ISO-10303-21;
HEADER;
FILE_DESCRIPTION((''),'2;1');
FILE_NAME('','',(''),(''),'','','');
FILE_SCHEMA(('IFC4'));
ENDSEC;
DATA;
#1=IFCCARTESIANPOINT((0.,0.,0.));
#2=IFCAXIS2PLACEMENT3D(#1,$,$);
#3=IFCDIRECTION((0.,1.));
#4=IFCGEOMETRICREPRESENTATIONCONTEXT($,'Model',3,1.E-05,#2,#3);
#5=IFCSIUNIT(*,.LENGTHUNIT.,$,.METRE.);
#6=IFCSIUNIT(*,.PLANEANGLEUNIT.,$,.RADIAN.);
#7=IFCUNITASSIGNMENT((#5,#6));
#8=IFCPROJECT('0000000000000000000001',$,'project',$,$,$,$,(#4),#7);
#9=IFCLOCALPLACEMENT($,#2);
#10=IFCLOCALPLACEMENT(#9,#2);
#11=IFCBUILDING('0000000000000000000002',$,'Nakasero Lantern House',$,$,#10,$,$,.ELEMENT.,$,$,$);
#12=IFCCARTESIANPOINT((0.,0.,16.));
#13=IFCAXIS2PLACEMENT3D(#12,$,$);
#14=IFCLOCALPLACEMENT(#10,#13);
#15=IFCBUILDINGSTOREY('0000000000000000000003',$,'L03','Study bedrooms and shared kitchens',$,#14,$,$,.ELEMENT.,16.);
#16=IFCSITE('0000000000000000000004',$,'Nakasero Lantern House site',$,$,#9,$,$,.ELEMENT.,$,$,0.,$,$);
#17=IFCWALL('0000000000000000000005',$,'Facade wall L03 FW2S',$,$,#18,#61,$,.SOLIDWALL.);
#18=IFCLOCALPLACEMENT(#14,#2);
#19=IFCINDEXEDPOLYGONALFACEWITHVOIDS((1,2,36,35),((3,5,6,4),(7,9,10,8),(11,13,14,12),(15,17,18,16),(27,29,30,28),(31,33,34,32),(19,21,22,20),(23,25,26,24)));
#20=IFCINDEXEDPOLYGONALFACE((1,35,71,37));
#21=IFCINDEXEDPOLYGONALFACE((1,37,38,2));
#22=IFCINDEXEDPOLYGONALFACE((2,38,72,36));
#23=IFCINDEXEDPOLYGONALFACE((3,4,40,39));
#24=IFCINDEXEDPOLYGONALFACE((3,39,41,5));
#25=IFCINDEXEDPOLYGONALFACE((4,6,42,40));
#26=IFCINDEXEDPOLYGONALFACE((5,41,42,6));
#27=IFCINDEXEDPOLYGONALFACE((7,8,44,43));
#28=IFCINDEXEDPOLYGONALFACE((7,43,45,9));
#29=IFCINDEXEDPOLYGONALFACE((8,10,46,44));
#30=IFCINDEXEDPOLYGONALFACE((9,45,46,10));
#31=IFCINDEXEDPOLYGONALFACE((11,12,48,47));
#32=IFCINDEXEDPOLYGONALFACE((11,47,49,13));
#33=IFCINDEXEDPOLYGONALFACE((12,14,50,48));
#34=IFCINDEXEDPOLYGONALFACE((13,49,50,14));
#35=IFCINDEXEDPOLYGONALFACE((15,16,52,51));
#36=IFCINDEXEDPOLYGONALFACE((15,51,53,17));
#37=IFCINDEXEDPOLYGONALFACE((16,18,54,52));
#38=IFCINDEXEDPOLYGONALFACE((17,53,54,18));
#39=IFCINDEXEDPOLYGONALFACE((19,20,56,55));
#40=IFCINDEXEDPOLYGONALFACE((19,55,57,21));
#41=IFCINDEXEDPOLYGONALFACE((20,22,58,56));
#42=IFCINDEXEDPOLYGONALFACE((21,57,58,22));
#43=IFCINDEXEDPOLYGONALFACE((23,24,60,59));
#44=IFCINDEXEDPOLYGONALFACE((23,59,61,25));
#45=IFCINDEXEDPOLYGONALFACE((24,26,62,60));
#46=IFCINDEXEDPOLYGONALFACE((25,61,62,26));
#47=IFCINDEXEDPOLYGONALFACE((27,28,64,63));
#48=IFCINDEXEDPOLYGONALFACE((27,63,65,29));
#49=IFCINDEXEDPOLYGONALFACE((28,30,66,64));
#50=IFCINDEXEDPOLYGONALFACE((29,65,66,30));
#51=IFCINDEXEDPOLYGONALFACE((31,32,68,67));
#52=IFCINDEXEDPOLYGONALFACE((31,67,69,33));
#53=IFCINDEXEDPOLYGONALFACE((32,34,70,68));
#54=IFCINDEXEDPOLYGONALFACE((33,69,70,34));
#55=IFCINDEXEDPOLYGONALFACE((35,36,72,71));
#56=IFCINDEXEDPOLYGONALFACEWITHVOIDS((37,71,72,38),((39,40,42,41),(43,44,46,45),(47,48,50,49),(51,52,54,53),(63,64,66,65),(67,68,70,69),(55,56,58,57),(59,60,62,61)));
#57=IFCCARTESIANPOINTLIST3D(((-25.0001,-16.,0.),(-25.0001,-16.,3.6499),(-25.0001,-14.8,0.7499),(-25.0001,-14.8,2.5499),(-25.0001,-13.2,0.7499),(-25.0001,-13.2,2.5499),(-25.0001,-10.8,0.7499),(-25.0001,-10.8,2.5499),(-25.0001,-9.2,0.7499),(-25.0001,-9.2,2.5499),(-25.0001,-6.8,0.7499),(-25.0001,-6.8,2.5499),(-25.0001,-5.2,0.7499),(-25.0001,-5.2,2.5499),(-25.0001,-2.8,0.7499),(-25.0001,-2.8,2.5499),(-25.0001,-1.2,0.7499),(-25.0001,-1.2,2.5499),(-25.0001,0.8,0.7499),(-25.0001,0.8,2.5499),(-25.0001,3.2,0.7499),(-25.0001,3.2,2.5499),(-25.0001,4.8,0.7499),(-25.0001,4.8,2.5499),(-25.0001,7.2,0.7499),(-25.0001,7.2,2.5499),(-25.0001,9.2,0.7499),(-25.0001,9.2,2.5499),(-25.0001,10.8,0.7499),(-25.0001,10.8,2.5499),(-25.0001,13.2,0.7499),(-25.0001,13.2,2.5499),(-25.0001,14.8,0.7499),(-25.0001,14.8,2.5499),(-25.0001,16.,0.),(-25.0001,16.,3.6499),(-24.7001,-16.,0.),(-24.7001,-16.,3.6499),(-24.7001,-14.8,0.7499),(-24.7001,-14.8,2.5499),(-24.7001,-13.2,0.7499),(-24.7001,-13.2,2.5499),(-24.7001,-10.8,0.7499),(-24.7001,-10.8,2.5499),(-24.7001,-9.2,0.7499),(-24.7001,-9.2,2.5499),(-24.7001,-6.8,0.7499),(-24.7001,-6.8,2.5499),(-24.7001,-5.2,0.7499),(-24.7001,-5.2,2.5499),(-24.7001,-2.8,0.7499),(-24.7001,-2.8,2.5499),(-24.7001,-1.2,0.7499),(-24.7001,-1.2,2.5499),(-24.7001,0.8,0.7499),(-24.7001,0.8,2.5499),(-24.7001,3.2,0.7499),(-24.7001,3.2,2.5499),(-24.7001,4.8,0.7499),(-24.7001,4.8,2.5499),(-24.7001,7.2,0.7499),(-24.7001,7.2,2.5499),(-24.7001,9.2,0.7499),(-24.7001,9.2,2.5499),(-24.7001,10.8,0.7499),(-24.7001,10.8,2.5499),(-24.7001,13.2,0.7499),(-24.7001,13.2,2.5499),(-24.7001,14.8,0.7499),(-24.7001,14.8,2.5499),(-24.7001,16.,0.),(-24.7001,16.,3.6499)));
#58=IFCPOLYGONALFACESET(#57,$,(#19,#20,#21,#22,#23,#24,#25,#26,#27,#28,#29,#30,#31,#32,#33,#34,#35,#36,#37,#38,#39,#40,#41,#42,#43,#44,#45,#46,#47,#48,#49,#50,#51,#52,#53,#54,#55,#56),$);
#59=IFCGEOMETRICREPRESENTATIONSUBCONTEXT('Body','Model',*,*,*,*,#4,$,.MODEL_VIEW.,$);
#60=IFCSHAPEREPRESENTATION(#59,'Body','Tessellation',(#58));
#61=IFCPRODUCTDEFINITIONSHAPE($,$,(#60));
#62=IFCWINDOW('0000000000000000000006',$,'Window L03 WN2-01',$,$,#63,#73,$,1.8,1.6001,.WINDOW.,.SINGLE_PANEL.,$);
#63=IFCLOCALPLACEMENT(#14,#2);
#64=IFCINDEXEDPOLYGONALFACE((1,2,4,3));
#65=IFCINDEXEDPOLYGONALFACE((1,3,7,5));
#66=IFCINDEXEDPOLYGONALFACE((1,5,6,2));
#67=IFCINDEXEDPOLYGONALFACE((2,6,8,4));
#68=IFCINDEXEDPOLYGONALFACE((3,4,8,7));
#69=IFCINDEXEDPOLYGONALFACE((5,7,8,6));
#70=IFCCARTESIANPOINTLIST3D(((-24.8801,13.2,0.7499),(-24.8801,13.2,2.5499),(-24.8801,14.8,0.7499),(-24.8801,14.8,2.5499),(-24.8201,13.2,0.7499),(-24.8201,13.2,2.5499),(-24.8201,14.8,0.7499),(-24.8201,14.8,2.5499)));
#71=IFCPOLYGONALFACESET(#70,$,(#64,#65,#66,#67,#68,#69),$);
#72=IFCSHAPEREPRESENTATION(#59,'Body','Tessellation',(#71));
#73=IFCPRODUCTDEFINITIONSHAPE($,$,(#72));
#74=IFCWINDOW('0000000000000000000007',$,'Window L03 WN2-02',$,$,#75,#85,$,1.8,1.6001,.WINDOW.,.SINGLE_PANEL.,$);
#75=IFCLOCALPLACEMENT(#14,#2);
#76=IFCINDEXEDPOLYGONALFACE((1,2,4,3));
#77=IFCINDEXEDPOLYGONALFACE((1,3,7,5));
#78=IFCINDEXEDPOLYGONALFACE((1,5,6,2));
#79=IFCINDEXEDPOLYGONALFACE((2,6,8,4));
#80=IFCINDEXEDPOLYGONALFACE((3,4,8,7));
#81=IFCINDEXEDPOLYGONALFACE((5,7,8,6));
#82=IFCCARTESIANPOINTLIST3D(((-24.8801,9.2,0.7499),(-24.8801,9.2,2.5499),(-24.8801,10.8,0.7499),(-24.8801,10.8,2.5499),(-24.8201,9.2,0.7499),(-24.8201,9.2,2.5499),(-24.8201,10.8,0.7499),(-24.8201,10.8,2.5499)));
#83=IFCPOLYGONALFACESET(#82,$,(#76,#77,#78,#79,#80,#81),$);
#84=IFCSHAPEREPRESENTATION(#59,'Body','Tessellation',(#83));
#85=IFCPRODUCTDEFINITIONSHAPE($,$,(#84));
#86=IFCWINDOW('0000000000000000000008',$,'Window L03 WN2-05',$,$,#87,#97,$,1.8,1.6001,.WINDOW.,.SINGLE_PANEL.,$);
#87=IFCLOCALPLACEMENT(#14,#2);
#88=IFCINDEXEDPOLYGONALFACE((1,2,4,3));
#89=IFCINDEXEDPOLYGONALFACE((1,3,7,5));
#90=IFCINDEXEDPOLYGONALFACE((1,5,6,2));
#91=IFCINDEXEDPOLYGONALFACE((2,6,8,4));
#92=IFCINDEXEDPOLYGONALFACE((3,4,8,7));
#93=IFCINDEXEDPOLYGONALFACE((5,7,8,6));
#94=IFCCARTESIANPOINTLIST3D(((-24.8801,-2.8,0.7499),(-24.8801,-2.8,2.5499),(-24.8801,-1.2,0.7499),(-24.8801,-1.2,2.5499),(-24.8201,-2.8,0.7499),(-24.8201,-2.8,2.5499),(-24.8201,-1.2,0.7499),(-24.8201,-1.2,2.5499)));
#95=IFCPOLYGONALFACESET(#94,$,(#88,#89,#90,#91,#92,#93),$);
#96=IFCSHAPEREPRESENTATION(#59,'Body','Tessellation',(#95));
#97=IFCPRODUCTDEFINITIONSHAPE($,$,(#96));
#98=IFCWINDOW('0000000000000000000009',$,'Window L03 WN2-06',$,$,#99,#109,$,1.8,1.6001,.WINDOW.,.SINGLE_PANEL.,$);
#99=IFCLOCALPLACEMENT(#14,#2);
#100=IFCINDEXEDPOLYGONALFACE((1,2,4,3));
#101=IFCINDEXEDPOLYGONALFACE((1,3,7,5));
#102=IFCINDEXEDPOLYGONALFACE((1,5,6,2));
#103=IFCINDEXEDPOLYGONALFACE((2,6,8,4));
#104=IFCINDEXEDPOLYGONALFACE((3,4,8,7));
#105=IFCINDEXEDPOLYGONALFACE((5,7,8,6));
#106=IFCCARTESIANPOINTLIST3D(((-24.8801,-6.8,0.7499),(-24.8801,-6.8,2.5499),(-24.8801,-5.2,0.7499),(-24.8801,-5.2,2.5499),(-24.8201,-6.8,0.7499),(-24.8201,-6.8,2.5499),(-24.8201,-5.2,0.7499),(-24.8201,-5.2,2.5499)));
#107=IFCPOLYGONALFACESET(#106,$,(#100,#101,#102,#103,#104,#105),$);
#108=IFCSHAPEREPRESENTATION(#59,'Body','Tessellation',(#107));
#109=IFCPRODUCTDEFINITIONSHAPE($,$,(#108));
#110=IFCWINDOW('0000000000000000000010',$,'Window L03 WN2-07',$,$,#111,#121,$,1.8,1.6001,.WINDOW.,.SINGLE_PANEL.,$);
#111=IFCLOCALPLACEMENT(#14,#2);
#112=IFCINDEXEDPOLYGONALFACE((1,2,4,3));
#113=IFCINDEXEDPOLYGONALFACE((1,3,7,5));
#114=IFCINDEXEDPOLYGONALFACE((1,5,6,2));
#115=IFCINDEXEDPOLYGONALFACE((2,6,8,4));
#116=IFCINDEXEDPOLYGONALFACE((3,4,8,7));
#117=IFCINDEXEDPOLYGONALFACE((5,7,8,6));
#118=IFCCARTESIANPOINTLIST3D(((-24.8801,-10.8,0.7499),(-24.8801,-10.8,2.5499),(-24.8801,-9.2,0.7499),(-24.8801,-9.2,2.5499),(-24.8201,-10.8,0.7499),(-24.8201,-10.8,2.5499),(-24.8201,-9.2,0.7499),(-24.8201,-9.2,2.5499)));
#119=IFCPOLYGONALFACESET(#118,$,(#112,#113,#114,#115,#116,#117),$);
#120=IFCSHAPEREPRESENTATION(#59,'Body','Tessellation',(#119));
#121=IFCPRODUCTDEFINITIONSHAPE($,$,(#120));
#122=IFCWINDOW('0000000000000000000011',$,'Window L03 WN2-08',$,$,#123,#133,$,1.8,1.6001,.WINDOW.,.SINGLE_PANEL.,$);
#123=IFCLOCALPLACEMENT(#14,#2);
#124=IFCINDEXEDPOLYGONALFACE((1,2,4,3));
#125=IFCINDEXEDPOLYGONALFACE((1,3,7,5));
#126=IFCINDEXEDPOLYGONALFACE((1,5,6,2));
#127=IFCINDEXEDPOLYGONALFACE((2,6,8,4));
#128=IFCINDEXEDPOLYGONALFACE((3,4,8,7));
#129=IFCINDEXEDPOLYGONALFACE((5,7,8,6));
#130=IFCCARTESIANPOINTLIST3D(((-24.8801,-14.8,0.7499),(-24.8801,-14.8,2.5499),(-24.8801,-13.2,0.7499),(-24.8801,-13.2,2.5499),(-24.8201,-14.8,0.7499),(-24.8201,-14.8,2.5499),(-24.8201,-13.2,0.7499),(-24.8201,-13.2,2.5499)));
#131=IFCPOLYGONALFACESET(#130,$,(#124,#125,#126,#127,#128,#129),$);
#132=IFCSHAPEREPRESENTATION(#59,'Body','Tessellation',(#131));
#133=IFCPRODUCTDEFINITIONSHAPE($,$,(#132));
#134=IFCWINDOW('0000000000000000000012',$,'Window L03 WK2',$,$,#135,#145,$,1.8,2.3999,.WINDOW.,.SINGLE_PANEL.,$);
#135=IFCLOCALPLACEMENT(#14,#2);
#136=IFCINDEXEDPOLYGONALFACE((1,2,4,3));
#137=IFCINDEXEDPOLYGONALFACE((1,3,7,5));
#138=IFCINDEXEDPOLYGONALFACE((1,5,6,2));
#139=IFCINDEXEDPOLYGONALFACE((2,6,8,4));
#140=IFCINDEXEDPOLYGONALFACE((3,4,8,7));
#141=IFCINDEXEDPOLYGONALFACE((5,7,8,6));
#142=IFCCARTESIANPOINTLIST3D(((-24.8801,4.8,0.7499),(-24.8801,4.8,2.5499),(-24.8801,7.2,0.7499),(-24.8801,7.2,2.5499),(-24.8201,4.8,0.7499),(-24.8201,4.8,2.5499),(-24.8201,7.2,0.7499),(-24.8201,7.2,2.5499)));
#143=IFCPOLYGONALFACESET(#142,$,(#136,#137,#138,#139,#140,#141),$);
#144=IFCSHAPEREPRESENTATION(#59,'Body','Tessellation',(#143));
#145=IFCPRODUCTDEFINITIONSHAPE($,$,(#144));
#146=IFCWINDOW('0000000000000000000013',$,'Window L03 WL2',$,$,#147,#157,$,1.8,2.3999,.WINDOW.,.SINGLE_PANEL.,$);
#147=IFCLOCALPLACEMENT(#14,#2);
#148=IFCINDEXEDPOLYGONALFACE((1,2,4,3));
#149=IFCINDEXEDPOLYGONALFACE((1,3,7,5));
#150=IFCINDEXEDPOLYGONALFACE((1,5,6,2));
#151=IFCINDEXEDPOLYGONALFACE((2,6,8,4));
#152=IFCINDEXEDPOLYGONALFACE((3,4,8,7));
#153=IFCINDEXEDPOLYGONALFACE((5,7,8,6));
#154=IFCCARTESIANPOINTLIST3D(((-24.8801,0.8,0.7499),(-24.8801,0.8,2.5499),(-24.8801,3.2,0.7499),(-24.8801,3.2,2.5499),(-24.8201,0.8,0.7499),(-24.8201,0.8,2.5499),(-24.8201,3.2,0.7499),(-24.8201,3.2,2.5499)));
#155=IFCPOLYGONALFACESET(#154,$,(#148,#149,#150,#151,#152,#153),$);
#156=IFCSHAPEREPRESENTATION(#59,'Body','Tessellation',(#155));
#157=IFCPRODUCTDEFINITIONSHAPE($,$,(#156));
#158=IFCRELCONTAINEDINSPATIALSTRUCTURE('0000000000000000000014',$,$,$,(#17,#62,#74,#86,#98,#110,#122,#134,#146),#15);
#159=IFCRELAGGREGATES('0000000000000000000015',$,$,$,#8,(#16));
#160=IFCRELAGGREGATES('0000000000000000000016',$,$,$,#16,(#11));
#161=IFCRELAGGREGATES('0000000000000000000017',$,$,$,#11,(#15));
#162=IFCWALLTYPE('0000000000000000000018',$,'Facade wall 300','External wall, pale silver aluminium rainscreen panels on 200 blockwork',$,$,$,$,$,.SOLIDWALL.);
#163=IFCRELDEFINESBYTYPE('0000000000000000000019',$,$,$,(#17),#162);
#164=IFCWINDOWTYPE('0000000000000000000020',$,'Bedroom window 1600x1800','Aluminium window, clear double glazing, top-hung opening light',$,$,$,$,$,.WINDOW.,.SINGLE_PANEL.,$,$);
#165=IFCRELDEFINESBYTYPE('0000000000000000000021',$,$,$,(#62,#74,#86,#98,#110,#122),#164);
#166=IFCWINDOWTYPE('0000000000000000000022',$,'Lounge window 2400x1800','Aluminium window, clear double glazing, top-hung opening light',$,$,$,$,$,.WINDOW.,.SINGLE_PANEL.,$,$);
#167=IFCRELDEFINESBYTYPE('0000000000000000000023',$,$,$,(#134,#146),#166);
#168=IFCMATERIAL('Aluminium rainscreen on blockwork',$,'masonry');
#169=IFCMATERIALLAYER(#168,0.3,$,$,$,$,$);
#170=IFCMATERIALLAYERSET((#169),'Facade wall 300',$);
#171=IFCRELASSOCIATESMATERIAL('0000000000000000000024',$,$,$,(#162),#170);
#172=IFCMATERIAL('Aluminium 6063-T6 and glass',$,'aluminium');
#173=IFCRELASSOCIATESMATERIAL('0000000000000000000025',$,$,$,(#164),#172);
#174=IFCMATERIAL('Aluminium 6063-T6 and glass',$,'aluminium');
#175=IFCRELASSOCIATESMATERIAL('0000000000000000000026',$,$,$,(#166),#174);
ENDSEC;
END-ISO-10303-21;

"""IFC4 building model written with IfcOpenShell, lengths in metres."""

from ifc_helpers import new_model, si_unit, direction, frame, frame_2d, origin, place, context, subcontext, project, spatial, rectangle, extrude, material, layer, layer_set, type_object, element, fill, save


model = new_model("IFC4")

# Units and contexts
model_context = context("Model", 3, precision=1e-05, world=origin(), true_north=direction((0.0, 1.0)))
body_context = subcontext(model_context, "Body", "Model", "MODEL_VIEW")
ifc_project = project(units=[si_unit("LENGTHUNIT", "METRE"), si_unit("PLANEANGLEUNIT", "RADIAN")], contexts=[model_context])

# Site, building, storey
site_placement = place(None, origin())
site = spatial("IfcSite", under=ifc_project, at=site_placement, Name="Nakasero Lantern House site", CompositionType="ELEMENT", RefElevation=0.0)
building_placement = place(site_placement, origin())
building = spatial("IfcBuilding", under=site, at=building_placement, Name="Nakasero Lantern House", CompositionType="ELEMENT")
storey_placement = place(building_placement, frame((0.0, 0.0, 16.0)))
storey = spatial("IfcBuildingStorey", under=building, at=storey_placement, Name="L03", Description="Study bedrooms and shared kitchens", CompositionType="ELEMENT", Elevation=16.0)

# Wall, openings, windows
ifc_material_1 = material(Name="Aluminium rainscreen on blockwork", Category="masonry")
ifc_layer_1 = layer(ifc_material_1, 0.3)
ifc_layer_set_1 = layer_set([ifc_layer_1], Name="Facade wall 300")
wall_type_1 = type_object("IfcWallType", Name="Facade wall 300", Description="External wall, pale silver aluminium rainscreen panels on 200 blockwork", PredefinedType="SOLIDWALL", material=ifc_layer_set_1)
wall_1_placement = place(storey_placement, frame((-24.8501, 16.0, 0.0), z_axis=(0.0, 0.0, 1.0), x_axis=(0.0, -1.0, 0.0)))
wall_1 = element("IfcWall", 1, at=wall_1_placement, inside=storey, type_object=wall_type_1, Name="Facade wall L03 FW2S", PredefinedType="SOLIDWALL", context=body_context, shape_type="SweptSolid", body=[
    extrude(rectangle(XDim=32.0, YDim=0.3, at=frame_2d((16.0, 0.0))), origin(), (0.0, 0.0, 1.0), 3.6499),
])
opening_1_placement = place(wall_1_placement, frame((1.2, 0.0, 0.75)))
opening_1 = element("IfcOpeningElement", 2, at=opening_1_placement, cuts=wall_1, PredefinedType="OPENING", context=body_context, shape_type="SweptSolid", body=[
    extrude(rectangle(XDim=1.6001, YDim=1.8, at=frame_2d((0.8, 0.8999))), frame((0.0, 0.1699, 0.0), z_axis=(0.0, -1.0, 0.0), x_axis=(1.0, 0.0, 0.0)), (0.0, 0.0, 1.0), 0.3401),
])
opening_2_placement = place(wall_1_placement, frame((5.2, 0.0, 0.75)))
opening_2 = element("IfcOpeningElement", 3, at=opening_2_placement, cuts=wall_1, PredefinedType="OPENING", context=body_context, shape_type="SweptSolid", body=[
    extrude(rectangle(XDim=1.6001, YDim=1.8, at=frame_2d((0.8, 0.8999))), frame((0.0, 0.1699, 0.0), z_axis=(0.0, -1.0, 0.0), x_axis=(1.0, 0.0, 0.0)), (0.0, 0.0, 1.0), 0.3401),
])
opening_3_placement = place(wall_1_placement, frame((17.2, 0.0, 0.75)))
opening_3 = element("IfcOpeningElement", 4, at=opening_3_placement, cuts=wall_1, PredefinedType="OPENING", context=body_context, shape_type="SweptSolid", body=[
    extrude(rectangle(XDim=1.6001, YDim=1.8, at=frame_2d((0.8, 0.8999))), frame((0.0, 0.1699, 0.0), z_axis=(0.0, -1.0, 0.0), x_axis=(1.0, 0.0, 0.0)), (0.0, 0.0, 1.0), 0.3401),
])
opening_4_placement = place(wall_1_placement, frame((21.2, 0.0, 0.75)))
opening_4 = element("IfcOpeningElement", 5, at=opening_4_placement, cuts=wall_1, PredefinedType="OPENING", context=body_context, shape_type="SweptSolid", body=[
    extrude(rectangle(XDim=1.6001, YDim=1.8, at=frame_2d((0.8, 0.8999))), frame((0.0, 0.1699, 0.0), z_axis=(0.0, -1.0, 0.0), x_axis=(1.0, 0.0, 0.0)), (0.0, 0.0, 1.0), 0.3401),
])
opening_5_placement = place(wall_1_placement, frame((25.2, 0.0, 0.75)))
opening_5 = element("IfcOpeningElement", 6, at=opening_5_placement, cuts=wall_1, PredefinedType="OPENING", context=body_context, shape_type="SweptSolid", body=[
    extrude(rectangle(XDim=1.6001, YDim=1.8, at=frame_2d((0.8, 0.8999))), frame((0.0, 0.1699, 0.0), z_axis=(0.0, -1.0, 0.0), x_axis=(1.0, 0.0, 0.0)), (0.0, 0.0, 1.0), 0.3401),
])
opening_6_placement = place(wall_1_placement, frame((29.2, 0.0, 0.75)))
opening_6 = element("IfcOpeningElement", 7, at=opening_6_placement, cuts=wall_1, PredefinedType="OPENING", context=body_context, shape_type="SweptSolid", body=[
    extrude(rectangle(XDim=1.6001, YDim=1.8, at=frame_2d((0.8, 0.8999))), frame((0.0, 0.1699, 0.0), z_axis=(0.0, -1.0, 0.0), x_axis=(1.0, 0.0, 0.0)), (0.0, 0.0, 1.0), 0.3401),
])
opening_7_placement = place(wall_1_placement, frame((8.8, 0.0, 0.75)))
opening_7 = element("IfcOpeningElement", 8, at=opening_7_placement, cuts=wall_1, PredefinedType="OPENING", context=body_context, shape_type="SweptSolid", body=[
    extrude(rectangle(XDim=2.3999, YDim=1.8, at=frame_2d((1.2, 0.8999))), frame((0.0, 0.1699, 0.0), z_axis=(0.0, -1.0, 0.0), x_axis=(1.0, 0.0, 0.0)), (0.0, 0.0, 1.0), 0.3401),
])
opening_8_placement = place(wall_1_placement, frame((12.8, 0.0, 0.75)))
opening_8 = element("IfcOpeningElement", 9, at=opening_8_placement, cuts=wall_1, PredefinedType="OPENING", context=body_context, shape_type="SweptSolid", body=[
    extrude(rectangle(XDim=2.3999, YDim=1.8, at=frame_2d((1.2, 0.8999))), frame((0.0, 0.1699, 0.0), z_axis=(0.0, -1.0, 0.0), x_axis=(1.0, 0.0, 0.0)), (0.0, 0.0, 1.0), 0.3401),
])
ifc_material_2 = material(Name="Aluminium 6063-T6 and glass", Category="aluminium")
window_type_1 = type_object("IfcWindowType", Name="Bedroom window 1600x1800", Description="Aluminium window, clear double glazing, top-hung opening light", PartitioningType="SINGLE_PANEL", PredefinedType="WINDOW", material=ifc_material_2)
window_1_placement = place(opening_1_placement, origin())
window_1 = element("IfcWindow", 10, at=window_1_placement, inside=storey, type_object=window_type_1, Name="Window L03 WN2-01", OverallHeight=1.8, OverallWidth=1.6001, PartitioningType="SINGLE_PANEL", PredefinedType="WINDOW", context=body_context, shape_type="SweptSolid", body=[
    extrude(rectangle(XDim=1.6001, YDim=1.8, at=frame_2d((0.8, 0.8999))), frame((0.0, 0.03, 0.0), z_axis=(0.0, -1.0, 0.0), x_axis=(1.0, 0.0, 0.0)), (0.0, 0.0, 1.0), 0.0601),
])
fill(opening_1, window_1)
window_2_placement = place(opening_2_placement, origin())
window_2 = element("IfcWindow", 11, at=window_2_placement, inside=storey, type_object=window_type_1, Name="Window L03 WN2-02", OverallHeight=1.8, OverallWidth=1.6001, PartitioningType="SINGLE_PANEL", PredefinedType="WINDOW", context=body_context, shape_type="SweptSolid", body=[
    extrude(rectangle(XDim=1.6001, YDim=1.8, at=frame_2d((0.8, 0.8999))), frame((0.0, 0.03, 0.0), z_axis=(0.0, -1.0, 0.0), x_axis=(1.0, 0.0, 0.0)), (0.0, 0.0, 1.0), 0.0601),
])
fill(opening_2, window_2)
window_3_placement = place(opening_3_placement, origin())
window_3 = element("IfcWindow", 12, at=window_3_placement, inside=storey, type_object=window_type_1, Name="Window L03 WN2-05", OverallHeight=1.8, OverallWidth=1.6001, PartitioningType="SINGLE_PANEL", PredefinedType="WINDOW", context=body_context, shape_type="SweptSolid", body=[
    extrude(rectangle(XDim=1.6001, YDim=1.8, at=frame_2d((0.8, 0.8999))), frame((0.0, 0.03, 0.0), z_axis=(0.0, -1.0, 0.0), x_axis=(1.0, 0.0, 0.0)), (0.0, 0.0, 1.0), 0.0601),
])
fill(opening_3, window_3)
window_4_placement = place(opening_4_placement, origin())
window_4 = element("IfcWindow", 13, at=window_4_placement, inside=storey, type_object=window_type_1, Name="Window L03 WN2-06", OverallHeight=1.8, OverallWidth=1.6001, PartitioningType="SINGLE_PANEL", PredefinedType="WINDOW", context=body_context, shape_type="SweptSolid", body=[
    extrude(rectangle(XDim=1.6001, YDim=1.8, at=frame_2d((0.8, 0.8999))), frame((0.0, 0.03, 0.0), z_axis=(0.0, -1.0, 0.0), x_axis=(1.0, 0.0, 0.0)), (0.0, 0.0, 1.0), 0.0601),
])
fill(opening_4, window_4)
window_5_placement = place(opening_5_placement, origin())
window_5 = element("IfcWindow", 14, at=window_5_placement, inside=storey, type_object=window_type_1, Name="Window L03 WN2-07", OverallHeight=1.8, OverallWidth=1.6001, PartitioningType="SINGLE_PANEL", PredefinedType="WINDOW", context=body_context, shape_type="SweptSolid", body=[
    extrude(rectangle(XDim=1.6001, YDim=1.8, at=frame_2d((0.8, 0.8999))), frame((0.0, 0.03, 0.0), z_axis=(0.0, -1.0, 0.0), x_axis=(1.0, 0.0, 0.0)), (0.0, 0.0, 1.0), 0.0601),
])
fill(opening_5, window_5)
window_6_placement = place(opening_6_placement, origin())
window_6 = element("IfcWindow", 15, at=window_6_placement, inside=storey, type_object=window_type_1, Name="Window L03 WN2-08", OverallHeight=1.8, OverallWidth=1.6001, PartitioningType="SINGLE_PANEL", PredefinedType="WINDOW", context=body_context, shape_type="SweptSolid", body=[
    extrude(rectangle(XDim=1.6001, YDim=1.8, at=frame_2d((0.8, 0.8999))), frame((0.0, 0.03, 0.0), z_axis=(0.0, -1.0, 0.0), x_axis=(1.0, 0.0, 0.0)), (0.0, 0.0, 1.0), 0.0601),
])
fill(opening_6, window_6)
ifc_material_3 = material(Name="Aluminium 6063-T6 and glass", Category="aluminium")
window_type_2 = type_object("IfcWindowType", Name="Lounge window 2400x1800", Description="Aluminium window, clear double glazing, top-hung opening light", PartitioningType="SINGLE_PANEL", PredefinedType="WINDOW", material=ifc_material_3)
window_7_placement = place(opening_7_placement, origin())
window_7 = element("IfcWindow", 16, at=window_7_placement, inside=storey, type_object=window_type_2, Name="Window L03 WK2", OverallHeight=1.8, OverallWidth=2.3999, PartitioningType="SINGLE_PANEL", PredefinedType="WINDOW", context=body_context, shape_type="SweptSolid", body=[
    extrude(rectangle(XDim=2.3999, YDim=1.8, at=frame_2d((1.2, 0.8999))), frame((0.0, 0.03, 0.0), z_axis=(0.0, -1.0, 0.0), x_axis=(1.0, 0.0, 0.0)), (0.0, 0.0, 1.0), 0.0601),
])
fill(opening_7, window_7)
window_8_placement = place(opening_8_placement, origin())
window_8 = element("IfcWindow", 17, at=window_8_placement, inside=storey, type_object=window_type_2, Name="Window L03 WL2", OverallHeight=1.8, OverallWidth=2.3999, PartitioningType="SINGLE_PANEL", PredefinedType="WINDOW", context=body_context, shape_type="SweptSolid", body=[
    extrude(rectangle(XDim=2.3999, YDim=1.8, at=frame_2d((1.2, 0.8999))), frame((0.0, 0.03, 0.0), z_axis=(0.0, -1.0, 0.0), x_axis=(1.0, 0.0, 0.0)), (0.0, 0.0, 1.0), 0.0601),
])
fill(opening_8, window_8)

save(model, "model.ifc")
